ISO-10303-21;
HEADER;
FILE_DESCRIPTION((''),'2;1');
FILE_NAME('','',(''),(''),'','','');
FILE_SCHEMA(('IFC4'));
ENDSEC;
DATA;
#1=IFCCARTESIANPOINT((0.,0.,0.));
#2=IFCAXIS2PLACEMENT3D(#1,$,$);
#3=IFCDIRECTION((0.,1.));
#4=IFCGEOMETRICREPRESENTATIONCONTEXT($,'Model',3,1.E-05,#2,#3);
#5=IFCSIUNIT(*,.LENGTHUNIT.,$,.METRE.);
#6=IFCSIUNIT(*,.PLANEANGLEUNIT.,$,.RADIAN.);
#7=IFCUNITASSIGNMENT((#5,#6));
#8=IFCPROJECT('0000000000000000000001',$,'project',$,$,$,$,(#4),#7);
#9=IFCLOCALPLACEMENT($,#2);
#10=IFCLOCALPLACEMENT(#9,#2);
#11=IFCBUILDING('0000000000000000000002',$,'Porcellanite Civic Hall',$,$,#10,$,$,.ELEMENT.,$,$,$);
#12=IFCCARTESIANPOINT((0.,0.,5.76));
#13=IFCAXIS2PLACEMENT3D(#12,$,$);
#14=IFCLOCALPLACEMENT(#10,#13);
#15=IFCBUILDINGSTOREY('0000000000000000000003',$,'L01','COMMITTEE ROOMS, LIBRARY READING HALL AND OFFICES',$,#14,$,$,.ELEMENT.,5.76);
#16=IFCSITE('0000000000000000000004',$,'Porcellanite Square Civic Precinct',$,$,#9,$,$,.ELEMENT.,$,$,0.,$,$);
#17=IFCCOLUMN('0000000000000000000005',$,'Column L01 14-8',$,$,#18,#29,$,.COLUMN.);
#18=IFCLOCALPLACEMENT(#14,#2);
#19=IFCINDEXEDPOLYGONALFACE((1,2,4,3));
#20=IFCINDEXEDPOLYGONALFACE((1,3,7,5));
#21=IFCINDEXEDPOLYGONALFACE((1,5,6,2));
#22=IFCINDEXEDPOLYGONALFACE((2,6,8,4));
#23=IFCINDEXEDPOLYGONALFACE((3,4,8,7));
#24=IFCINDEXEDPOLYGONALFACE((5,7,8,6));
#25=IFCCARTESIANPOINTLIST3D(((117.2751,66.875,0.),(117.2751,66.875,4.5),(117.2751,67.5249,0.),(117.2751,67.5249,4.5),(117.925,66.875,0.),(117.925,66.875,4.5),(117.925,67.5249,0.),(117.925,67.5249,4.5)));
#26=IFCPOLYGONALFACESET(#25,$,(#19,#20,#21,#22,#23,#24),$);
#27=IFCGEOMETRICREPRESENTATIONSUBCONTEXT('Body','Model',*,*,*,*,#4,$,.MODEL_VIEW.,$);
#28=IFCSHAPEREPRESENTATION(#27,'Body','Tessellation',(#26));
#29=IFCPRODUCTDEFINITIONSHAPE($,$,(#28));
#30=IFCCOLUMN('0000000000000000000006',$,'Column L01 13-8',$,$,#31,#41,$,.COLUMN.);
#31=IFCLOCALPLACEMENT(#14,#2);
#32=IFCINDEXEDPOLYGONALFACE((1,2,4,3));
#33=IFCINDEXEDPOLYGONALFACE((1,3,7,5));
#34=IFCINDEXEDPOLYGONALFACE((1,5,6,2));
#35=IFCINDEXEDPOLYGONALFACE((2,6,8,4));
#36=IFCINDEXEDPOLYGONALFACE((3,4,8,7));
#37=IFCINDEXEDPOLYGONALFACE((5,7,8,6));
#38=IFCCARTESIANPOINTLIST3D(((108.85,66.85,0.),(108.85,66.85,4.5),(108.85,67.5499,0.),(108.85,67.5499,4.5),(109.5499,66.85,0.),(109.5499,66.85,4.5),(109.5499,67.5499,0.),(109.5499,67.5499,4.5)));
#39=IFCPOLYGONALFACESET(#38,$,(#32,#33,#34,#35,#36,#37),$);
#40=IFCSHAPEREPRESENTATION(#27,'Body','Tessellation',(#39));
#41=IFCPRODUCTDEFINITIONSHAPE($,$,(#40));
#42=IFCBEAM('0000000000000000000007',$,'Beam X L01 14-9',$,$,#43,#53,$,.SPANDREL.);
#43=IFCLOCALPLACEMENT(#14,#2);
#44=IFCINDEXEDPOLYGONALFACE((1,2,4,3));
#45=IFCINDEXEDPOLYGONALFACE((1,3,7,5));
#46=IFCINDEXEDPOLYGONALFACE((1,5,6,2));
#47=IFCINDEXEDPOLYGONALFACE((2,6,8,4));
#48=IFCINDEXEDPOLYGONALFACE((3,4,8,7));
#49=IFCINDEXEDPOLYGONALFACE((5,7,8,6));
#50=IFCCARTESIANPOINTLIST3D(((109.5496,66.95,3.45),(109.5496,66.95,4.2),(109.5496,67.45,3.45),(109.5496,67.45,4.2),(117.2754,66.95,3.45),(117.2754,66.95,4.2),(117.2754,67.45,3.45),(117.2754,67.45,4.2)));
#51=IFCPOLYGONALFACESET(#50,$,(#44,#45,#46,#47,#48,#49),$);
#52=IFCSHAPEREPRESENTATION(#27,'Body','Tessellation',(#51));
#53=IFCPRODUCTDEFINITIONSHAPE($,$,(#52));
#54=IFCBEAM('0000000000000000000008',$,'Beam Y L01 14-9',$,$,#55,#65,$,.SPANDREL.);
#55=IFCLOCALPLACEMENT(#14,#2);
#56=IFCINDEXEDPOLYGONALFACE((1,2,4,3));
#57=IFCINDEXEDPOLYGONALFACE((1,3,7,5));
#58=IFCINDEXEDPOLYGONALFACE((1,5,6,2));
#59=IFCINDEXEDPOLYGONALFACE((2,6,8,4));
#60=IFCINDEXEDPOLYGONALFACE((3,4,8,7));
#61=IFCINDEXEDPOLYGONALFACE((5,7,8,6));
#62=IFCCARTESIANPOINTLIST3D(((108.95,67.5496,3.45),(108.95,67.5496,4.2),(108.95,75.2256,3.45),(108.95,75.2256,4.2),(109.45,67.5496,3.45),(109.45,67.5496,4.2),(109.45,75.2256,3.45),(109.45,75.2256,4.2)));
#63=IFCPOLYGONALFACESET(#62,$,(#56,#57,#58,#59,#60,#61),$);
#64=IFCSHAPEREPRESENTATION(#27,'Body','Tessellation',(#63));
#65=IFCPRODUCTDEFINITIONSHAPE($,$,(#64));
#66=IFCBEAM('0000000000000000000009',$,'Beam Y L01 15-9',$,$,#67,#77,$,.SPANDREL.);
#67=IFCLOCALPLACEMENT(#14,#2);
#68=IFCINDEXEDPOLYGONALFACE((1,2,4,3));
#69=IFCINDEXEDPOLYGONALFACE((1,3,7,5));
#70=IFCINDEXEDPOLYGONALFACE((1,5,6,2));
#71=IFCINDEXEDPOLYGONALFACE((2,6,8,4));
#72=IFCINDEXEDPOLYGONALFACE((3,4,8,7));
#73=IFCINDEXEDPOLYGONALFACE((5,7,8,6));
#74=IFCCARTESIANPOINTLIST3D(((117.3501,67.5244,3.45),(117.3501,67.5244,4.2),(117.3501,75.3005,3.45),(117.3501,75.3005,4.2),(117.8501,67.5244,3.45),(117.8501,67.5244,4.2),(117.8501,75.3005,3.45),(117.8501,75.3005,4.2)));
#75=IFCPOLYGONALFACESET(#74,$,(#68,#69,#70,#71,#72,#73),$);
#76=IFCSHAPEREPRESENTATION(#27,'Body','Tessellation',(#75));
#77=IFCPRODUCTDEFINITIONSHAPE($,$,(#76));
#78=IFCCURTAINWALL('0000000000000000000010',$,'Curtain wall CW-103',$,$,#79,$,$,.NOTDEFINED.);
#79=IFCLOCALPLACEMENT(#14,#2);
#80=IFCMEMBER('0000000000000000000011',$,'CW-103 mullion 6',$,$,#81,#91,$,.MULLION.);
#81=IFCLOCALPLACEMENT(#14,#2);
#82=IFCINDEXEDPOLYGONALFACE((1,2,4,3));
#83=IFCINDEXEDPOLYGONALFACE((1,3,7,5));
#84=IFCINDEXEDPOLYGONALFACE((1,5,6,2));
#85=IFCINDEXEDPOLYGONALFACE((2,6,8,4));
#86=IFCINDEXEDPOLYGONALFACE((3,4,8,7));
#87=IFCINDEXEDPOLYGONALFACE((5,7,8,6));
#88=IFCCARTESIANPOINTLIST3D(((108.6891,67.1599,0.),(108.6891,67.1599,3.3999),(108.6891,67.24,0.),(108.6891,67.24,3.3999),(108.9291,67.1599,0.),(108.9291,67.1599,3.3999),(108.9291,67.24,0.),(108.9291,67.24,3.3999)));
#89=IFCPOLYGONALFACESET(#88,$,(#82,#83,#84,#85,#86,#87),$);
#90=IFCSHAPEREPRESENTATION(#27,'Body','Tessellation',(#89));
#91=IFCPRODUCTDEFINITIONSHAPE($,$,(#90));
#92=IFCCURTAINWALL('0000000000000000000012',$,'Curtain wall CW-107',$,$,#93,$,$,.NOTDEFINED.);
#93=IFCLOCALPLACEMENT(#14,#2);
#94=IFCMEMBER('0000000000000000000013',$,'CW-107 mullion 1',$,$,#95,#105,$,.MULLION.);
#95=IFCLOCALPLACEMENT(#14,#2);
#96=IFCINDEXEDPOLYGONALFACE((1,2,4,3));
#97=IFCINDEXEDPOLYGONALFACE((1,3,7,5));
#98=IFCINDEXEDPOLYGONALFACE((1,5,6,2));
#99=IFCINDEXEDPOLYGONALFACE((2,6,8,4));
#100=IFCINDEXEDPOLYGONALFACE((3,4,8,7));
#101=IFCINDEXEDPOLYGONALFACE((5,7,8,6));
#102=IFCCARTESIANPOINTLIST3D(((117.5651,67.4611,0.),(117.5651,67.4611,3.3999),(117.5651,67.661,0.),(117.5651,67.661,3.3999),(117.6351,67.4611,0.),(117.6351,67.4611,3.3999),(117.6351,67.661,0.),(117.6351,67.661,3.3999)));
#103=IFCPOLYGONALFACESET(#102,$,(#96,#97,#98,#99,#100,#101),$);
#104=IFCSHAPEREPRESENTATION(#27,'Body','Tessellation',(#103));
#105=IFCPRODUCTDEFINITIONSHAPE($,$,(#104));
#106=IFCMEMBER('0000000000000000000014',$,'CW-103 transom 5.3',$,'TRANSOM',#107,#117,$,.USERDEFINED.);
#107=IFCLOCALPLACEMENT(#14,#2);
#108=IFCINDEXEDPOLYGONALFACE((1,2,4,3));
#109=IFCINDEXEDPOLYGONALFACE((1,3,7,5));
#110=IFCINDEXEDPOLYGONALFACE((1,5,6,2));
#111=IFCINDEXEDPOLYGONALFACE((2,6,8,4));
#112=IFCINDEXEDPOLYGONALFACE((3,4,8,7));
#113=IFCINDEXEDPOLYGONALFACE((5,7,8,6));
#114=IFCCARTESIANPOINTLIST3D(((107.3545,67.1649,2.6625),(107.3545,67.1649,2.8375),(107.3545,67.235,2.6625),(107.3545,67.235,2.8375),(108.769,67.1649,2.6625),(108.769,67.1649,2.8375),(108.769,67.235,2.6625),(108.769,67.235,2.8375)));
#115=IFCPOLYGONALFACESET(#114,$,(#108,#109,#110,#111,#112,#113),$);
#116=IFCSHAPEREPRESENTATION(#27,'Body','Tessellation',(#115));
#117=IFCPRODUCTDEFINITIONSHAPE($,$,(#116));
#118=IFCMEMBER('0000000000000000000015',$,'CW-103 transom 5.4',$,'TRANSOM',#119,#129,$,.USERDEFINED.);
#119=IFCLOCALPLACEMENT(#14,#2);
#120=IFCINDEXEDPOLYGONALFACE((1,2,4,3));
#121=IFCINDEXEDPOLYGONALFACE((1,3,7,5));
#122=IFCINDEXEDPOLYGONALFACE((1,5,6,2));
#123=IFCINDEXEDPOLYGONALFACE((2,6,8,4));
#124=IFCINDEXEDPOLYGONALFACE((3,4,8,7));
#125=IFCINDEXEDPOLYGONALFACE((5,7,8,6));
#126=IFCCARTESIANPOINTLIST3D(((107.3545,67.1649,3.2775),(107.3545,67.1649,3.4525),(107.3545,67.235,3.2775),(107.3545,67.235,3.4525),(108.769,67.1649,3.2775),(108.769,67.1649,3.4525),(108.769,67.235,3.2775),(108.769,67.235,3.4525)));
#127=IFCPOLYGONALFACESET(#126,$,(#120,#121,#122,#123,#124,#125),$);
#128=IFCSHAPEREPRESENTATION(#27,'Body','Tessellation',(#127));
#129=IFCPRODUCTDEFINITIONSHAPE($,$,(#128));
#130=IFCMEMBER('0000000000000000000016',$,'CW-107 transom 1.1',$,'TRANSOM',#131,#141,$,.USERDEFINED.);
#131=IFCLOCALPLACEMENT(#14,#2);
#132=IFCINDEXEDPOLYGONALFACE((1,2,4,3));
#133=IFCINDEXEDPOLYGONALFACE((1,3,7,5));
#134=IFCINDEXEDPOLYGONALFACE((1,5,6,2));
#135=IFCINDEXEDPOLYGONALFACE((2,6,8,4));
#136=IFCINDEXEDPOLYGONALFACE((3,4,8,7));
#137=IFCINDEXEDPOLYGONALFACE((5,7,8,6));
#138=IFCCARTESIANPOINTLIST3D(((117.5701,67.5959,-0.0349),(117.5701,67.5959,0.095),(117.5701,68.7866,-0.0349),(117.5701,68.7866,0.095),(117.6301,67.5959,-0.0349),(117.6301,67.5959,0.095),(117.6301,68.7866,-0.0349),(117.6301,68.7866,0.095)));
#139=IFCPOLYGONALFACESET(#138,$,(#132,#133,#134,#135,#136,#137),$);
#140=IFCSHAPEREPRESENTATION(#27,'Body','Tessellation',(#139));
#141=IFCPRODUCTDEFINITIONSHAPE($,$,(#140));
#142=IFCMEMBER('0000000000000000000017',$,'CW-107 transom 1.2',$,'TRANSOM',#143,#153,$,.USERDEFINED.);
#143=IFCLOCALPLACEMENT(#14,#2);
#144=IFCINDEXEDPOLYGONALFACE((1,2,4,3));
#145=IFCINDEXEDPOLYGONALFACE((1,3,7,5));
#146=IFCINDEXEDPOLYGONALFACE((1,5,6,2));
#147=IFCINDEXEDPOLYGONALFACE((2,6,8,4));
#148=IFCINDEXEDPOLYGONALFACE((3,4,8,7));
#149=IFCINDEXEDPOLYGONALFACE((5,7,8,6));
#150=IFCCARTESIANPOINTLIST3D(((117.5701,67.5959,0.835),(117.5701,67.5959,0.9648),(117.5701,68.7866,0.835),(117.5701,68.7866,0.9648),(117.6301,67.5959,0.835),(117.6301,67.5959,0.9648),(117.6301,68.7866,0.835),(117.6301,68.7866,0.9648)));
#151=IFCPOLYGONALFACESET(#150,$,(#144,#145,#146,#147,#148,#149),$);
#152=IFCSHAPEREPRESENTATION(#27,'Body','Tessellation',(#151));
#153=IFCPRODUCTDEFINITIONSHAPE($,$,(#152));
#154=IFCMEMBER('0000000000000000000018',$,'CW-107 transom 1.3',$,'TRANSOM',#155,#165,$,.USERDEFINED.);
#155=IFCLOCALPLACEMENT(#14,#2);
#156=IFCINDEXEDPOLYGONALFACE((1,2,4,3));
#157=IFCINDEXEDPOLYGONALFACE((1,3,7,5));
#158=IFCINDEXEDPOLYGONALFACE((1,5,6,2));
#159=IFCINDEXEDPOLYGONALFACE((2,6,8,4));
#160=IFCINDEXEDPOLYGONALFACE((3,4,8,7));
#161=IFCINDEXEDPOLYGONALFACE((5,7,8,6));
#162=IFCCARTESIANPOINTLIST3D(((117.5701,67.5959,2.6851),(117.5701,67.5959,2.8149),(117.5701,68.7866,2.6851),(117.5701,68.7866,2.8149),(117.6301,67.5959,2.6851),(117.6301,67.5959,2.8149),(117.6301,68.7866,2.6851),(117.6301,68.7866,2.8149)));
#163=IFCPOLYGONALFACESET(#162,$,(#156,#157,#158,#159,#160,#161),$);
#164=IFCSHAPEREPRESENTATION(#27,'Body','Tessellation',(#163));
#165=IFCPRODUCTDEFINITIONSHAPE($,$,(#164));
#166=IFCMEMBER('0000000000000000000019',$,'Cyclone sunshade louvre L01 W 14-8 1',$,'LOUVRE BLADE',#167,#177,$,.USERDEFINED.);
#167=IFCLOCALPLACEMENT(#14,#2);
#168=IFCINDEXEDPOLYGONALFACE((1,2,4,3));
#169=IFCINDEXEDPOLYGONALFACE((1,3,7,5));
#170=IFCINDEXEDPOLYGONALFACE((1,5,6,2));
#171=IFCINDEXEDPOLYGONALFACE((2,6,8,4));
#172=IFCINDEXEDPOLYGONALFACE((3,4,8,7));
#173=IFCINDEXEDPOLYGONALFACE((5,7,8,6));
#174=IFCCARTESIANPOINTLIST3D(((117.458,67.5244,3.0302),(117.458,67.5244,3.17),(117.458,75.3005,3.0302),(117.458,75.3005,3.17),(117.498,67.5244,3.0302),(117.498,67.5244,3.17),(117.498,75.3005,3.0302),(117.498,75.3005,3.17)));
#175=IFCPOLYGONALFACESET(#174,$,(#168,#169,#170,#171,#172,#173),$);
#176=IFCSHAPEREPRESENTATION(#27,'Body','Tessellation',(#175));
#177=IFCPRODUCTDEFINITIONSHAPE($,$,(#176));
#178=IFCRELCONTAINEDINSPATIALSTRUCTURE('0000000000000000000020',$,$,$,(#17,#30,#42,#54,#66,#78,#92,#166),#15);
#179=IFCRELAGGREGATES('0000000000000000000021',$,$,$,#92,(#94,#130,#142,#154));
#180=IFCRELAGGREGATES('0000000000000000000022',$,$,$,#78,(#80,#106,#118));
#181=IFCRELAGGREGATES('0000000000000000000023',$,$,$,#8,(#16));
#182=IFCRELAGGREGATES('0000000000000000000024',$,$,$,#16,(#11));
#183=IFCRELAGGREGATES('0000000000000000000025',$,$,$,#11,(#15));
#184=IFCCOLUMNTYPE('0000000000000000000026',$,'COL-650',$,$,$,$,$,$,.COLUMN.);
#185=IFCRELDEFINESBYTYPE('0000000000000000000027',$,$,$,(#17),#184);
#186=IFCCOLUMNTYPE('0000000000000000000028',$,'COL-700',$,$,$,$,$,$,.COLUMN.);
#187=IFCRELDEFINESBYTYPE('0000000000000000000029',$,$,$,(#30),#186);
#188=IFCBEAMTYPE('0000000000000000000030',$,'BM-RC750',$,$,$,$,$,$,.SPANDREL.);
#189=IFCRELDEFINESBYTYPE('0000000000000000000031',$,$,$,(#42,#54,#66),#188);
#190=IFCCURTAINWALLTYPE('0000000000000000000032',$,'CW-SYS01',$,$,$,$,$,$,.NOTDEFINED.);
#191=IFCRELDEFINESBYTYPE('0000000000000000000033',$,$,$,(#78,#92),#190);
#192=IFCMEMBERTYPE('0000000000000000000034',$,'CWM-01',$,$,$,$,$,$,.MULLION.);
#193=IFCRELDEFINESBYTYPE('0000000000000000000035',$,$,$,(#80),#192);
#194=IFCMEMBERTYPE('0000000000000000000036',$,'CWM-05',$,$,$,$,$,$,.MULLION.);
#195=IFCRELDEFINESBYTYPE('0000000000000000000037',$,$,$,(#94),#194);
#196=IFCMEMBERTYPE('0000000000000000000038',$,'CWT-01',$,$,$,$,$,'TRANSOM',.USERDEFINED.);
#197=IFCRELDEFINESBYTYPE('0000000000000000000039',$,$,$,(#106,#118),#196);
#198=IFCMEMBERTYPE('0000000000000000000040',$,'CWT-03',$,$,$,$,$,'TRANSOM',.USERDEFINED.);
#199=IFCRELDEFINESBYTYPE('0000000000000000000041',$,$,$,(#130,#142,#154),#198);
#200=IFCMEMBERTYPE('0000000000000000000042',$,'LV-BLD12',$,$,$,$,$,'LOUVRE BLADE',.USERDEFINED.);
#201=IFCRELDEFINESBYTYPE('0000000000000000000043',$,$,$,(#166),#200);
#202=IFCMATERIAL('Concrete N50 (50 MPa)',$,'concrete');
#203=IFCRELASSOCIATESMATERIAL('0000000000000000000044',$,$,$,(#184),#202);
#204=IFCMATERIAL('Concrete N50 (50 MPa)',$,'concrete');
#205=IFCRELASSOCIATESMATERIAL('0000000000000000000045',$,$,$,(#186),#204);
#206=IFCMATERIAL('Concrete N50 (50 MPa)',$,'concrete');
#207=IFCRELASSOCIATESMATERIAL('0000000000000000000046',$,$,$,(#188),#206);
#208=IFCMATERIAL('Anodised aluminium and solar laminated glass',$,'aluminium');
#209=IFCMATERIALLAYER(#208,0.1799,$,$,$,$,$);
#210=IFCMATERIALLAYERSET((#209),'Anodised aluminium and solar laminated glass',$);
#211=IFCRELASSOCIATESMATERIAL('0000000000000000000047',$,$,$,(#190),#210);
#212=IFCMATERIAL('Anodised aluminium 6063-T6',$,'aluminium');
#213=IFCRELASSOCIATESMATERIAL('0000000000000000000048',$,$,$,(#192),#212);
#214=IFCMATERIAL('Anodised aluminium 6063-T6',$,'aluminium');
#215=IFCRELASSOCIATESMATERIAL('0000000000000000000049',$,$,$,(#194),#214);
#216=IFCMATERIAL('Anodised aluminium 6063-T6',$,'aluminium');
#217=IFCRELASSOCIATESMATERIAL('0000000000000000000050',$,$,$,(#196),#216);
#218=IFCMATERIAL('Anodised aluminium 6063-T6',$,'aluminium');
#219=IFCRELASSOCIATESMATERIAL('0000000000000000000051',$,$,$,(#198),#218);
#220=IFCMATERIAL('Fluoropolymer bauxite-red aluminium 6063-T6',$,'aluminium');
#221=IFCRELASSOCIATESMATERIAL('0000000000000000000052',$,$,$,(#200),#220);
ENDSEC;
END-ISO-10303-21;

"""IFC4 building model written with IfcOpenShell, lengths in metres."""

from ifc_helpers import new_model, si_unit, direction, frame, origin, origin_2d, place, context, subcontext, project, spatial, rectangle, extrude, material, layer, layer_set, material_profile, profile_set, type_object, element, aggregate, save


model = new_model("IFC4")

# Units and contexts
model_context = context("Model", 3, precision=1e-05, world=origin(), true_north=direction((0.0, 1.0)))
body_context = subcontext(model_context, "Body", "Model", "MODEL_VIEW")
ifc_project = project(units=[si_unit("LENGTHUNIT", "METRE"), si_unit("PLANEANGLEUNIT", "RADIAN")], contexts=[model_context])

# Site, building, storey
site_placement = place(None, origin())
site = spatial("IfcSite", under=ifc_project, at=site_placement, Name="Porcellanite Square Civic Precinct", CompositionType="ELEMENT", RefElevation=0.0)
building_placement = place(site_placement, origin())
building = spatial("IfcBuilding", under=site, at=building_placement, Name="Porcellanite Civic Hall", CompositionType="ELEMENT")
storey_placement = place(building_placement, frame((0.0, 0.0, 5.76)))
storey = spatial("IfcBuildingStorey", under=building, at=storey_placement, Name="L01", Description="COMMITTEE ROOMS, LIBRARY READING HALL AND OFFICES", CompositionType="ELEMENT", Elevation=5.76)

# Columns
ifc_material_1 = material(Name="Concrete N50 (50 MPa)", Category="concrete")
ifc_material_profile_1 = material_profile(ifc_material_1, rectangle(XDim=0.6499, YDim=0.6499, at=origin_2d()), Name="RC-650x650")
ifc_profile_set_1 = profile_set([ifc_material_profile_1], Name="Concrete N50 (50 MPa)")
column_type_1 = type_object("IfcColumnType", Name="COL-650", PredefinedType="COLUMN", material=ifc_profile_set_1)
column_1_placement = place(storey_placement, frame((117.6001, 67.2, 0.0), z_axis=(0.0, 0.0, 1.0), x_axis=(1.0, 0.0, 0.0)))
element("IfcColumn", 1, at=column_1_placement, inside=storey, type_object=column_type_1, Name="Column L01 14-8", PredefinedType="COLUMN", context=body_context, shape_type="SweptSolid", body=[
    extrude(rectangle(XDim=0.6499, YDim=0.6499, at=origin_2d()), origin(), (0.0, 0.0, 1.0), 4.5),
])
ifc_material_2 = material(Name="Concrete N50 (50 MPa)", Category="concrete")
ifc_material_profile_2 = material_profile(ifc_material_2, rectangle(XDim=0.7, YDim=0.7, at=origin_2d()), Name="RC-700x700")
ifc_profile_set_2 = profile_set([ifc_material_profile_2], Name="Concrete N50 (50 MPa)")
column_type_2 = type_object("IfcColumnType", Name="COL-700", PredefinedType="COLUMN", material=ifc_profile_set_2)
column_2_placement = place(storey_placement, frame((109.2, 67.2, 0.0), z_axis=(0.0, 0.0, 1.0), x_axis=(1.0, 0.0, 0.0)))
element("IfcColumn", 2, at=column_2_placement, inside=storey, type_object=column_type_2, Name="Column L01 13-8", PredefinedType="COLUMN", context=body_context, shape_type="SweptSolid", body=[
    extrude(rectangle(XDim=0.7, YDim=0.7, at=origin_2d()), origin(), (0.0, 0.0, 1.0), 4.5),
])

# Beams
ifc_material_3 = material(Name="Concrete N50 (50 MPa)", Category="concrete")
ifc_material_profile_3 = material_profile(ifc_material_3, rectangle(XDim=0.5, YDim=0.75, at=origin_2d()), Name="RC-500x750")
ifc_profile_set_3 = profile_set([ifc_material_profile_3], Name="Concrete N50 (50 MPa)")
beam_type = type_object("IfcBeamType", Name="BM-RC750", PredefinedType="SPANDREL", material=ifc_profile_set_3)
beam_1_placement = place(storey_placement, frame((109.5496, 67.2, 3.825), z_axis=(1.0, 0.0, 0.0), x_axis=(0.0, 1.0, 0.0)))
element("IfcBeam", 3, at=beam_1_placement, inside=storey, type_object=beam_type, Name="Beam X L01 14-9", PredefinedType="SPANDREL", context=body_context, shape_type="SweptSolid", body=[
    extrude(rectangle(XDim=0.5, YDim=0.75, at=origin_2d()), origin(), (0.0, 0.0, 1.0), 7.7258),
])
beam_2_placement = place(storey_placement, frame((109.2, 67.5496, 3.825), z_axis=(0.0, 1.0, 0.0), x_axis=(-1.0, 0.0, 0.0)))
element("IfcBeam", 4, at=beam_2_placement, inside=storey, type_object=beam_type, Name="Beam Y L01 14-9", PredefinedType="SPANDREL", context=body_context, shape_type="SweptSolid", body=[
    extrude(rectangle(XDim=0.5, YDim=0.75, at=origin_2d()), origin(), (0.0, 0.0, 1.0), 7.676),
])
beam_3_placement = place(storey_placement, frame((117.6001, 67.5244, 3.825), z_axis=(0.0, 1.0, 0.0), x_axis=(-1.0, 0.0, 0.0)))
element("IfcBeam", 5, at=beam_3_placement, inside=storey, type_object=beam_type, Name="Beam Y L01 15-9", PredefinedType="SPANDREL", context=body_context, shape_type="SweptSolid", body=[
    extrude(rectangle(XDim=0.5, YDim=0.75, at=origin_2d()), origin(), (0.0, 0.0, 1.0), 7.7761),
])

# Curtain walls, members
ifc_material_4 = material(Name="Anodised aluminium and solar laminated glass", Category="aluminium")
ifc_layer_1 = layer(ifc_material_4, 0.1799)
ifc_layer_set_1 = layer_set([ifc_layer_1], Name="Anodised aluminium and solar laminated glass")
curtain_wall_type = type_object("IfcCurtainWallType", Name="CW-SYS01", PredefinedType="NOTDEFINED", material=ifc_layer_set_1)
curtain_wall_1_placement = place(storey_placement, origin())
curtain_wall_1 = element("IfcCurtainWall", 6, at=curtain_wall_1_placement, inside=storey, type_object=curtain_wall_type, Name="Curtain wall CW-103", PredefinedType="NOTDEFINED")
ifc_material_5 = material(Name="Anodised aluminium 6063-T6", Category="aluminium")
ifc_material_profile_4 = material_profile(ifc_material_5, rectangle(XDim=0.0801, YDim=0.24, at=origin_2d()), Name="AL-80x240")
ifc_profile_set_4 = profile_set([ifc_material_profile_4], Name="Anodised aluminium 6063-T6")
member_type_1 = type_object("IfcMemberType", Name="CWM-01", PredefinedType="MULLION", material=ifc_profile_set_4)
member_1_placement = place(storey_placement, frame((108.8091, 67.2, 0.0), z_axis=(0.0, 0.0, 1.0), x_axis=(0.0, 1.0, 0.0)))
member_1 = element("IfcMember", 7, at=member_1_placement, type_object=member_type_1, Name="CW-103 mullion 6", PredefinedType="MULLION", context=body_context, shape_type="SweptSolid", body=[
    extrude(rectangle(XDim=0.0801, YDim=0.24, at=origin_2d()), origin(), (0.0, 0.0, 1.0), 3.3999),
])
curtain_wall_2_placement = place(storey_placement, origin())
curtain_wall_2 = element("IfcCurtainWall", 8, at=curtain_wall_2_placement, inside=storey, type_object=curtain_wall_type, Name="Curtain wall CW-107", PredefinedType="NOTDEFINED")
ifc_material_6 = material(Name="Anodised aluminium 6063-T6", Category="aluminium")
ifc_material_profile_5 = material_profile(ifc_material_6, rectangle(XDim=0.0701, YDim=0.2, at=origin_2d()), Name="AL-70x200")
ifc_profile_set_5 = profile_set([ifc_material_profile_5], Name="Anodised aluminium 6063-T6")
member_type_2 = type_object("IfcMemberType", Name="CWM-05", PredefinedType="MULLION", material=ifc_profile_set_5)
member_2_placement = place(storey_placement, frame((117.6001, 67.561, 0.0), z_axis=(0.0, 0.0, 1.0), x_axis=(-1.0, 0.0, 0.0)))
member_2 = element("IfcMember", 9, at=member_2_placement, type_object=member_type_2, Name="CW-107 mullion 1", PredefinedType="MULLION", context=body_context, shape_type="SweptSolid", body=[
    extrude(rectangle(XDim=0.0701, YDim=0.2, at=origin_2d()), origin(), (0.0, 0.0, 1.0), 3.3999),
])

# Members
ifc_material_7 = material(Name="Anodised aluminium 6063-T6", Category="aluminium")
ifc_material_profile_6 = material_profile(ifc_material_7, rectangle(XDim=0.0701, YDim=0.175, at=origin_2d()), Name="AL-70x175")
ifc_profile_set_6 = profile_set([ifc_material_profile_6], Name="Anodised aluminium 6063-T6")
member_type_3 = type_object("IfcMemberType", Name="CWT-01", ElementType="TRANSOM", PredefinedType="USERDEFINED", material=ifc_profile_set_6)
member_3_placement = place(storey_placement, frame((107.3545, 67.2, 2.75), z_axis=(1.0, 0.0, 0.0), x_axis=(0.0, 1.0, 0.0)))
member_3 = element("IfcMember", 10, at=member_3_placement, type_object=member_type_3, Name="CW-103 transom 5.3", ObjectType="TRANSOM", PredefinedType="USERDEFINED", context=body_context, shape_type="SweptSolid", body=[
    extrude(rectangle(XDim=0.0701, YDim=0.175, at=origin_2d()), origin(), (0.0, 0.0, 1.0), 1.4146),
])
member_4_placement = place(storey_placement, frame((107.3545, 67.2, 3.365), z_axis=(1.0, 0.0, 0.0), x_axis=(0.0, 1.0, 0.0)))
member_4 = element("IfcMember", 11, at=member_4_placement, type_object=member_type_3, Name="CW-103 transom 5.4", ObjectType="TRANSOM", PredefinedType="USERDEFINED", context=body_context, shape_type="SweptSolid", body=[
    extrude(rectangle(XDim=0.0701, YDim=0.175, at=origin_2d()), origin(), (0.0, 0.0, 1.0), 1.4146),
])
ifc_material_8 = material(Name="Anodised aluminium 6063-T6", Category="aluminium")
ifc_material_profile_7 = material_profile(ifc_material_8, rectangle(XDim=0.0601, YDim=0.1299, at=origin_2d()), Name="AL-60x130")
ifc_profile_set_7 = profile_set([ifc_material_profile_7], Name="Anodised aluminium 6063-T6")
member_type_4 = type_object("IfcMemberType", Name="CWT-03", ElementType="TRANSOM", PredefinedType="USERDEFINED", material=ifc_profile_set_7)
member_5_placement = place(storey_placement, frame((117.6001, 67.5959, 0.03), z_axis=(0.0, 1.0, 0.0), x_axis=(-1.0, 0.0, 0.0)))
member_5 = element("IfcMember", 12, at=member_5_placement, type_object=member_type_4, Name="CW-107 transom 1.1", ObjectType="TRANSOM", PredefinedType="USERDEFINED", context=body_context, shape_type="SweptSolid", body=[
    extrude(rectangle(XDim=0.0601, YDim=0.1299, at=origin_2d()), origin(), (0.0, 0.0, 1.0), 1.1907),
])
member_6_placement = place(storey_placement, frame((117.6001, 67.5959, 0.8999), z_axis=(0.0, 1.0, 0.0), x_axis=(-1.0, 0.0, 0.0)))
member_6 = element("IfcMember", 13, at=member_6_placement, type_object=member_type_4, Name="CW-107 transom 1.2", ObjectType="TRANSOM", PredefinedType="USERDEFINED", context=body_context, shape_type="SweptSolid", body=[
    extrude(rectangle(XDim=0.0601, YDim=0.1299, at=origin_2d()), origin(), (0.0, 0.0, 1.0), 1.1907),
])
member_7_placement = place(storey_placement, frame((117.6001, 67.5959, 2.75), z_axis=(0.0, 1.0, 0.0), x_axis=(-1.0, 0.0, 0.0)))
member_7 = element("IfcMember", 14, at=member_7_placement, type_object=member_type_4, Name="CW-107 transom 1.3", ObjectType="TRANSOM", PredefinedType="USERDEFINED", context=body_context, shape_type="SweptSolid", body=[
    extrude(rectangle(XDim=0.0601, YDim=0.1299, at=origin_2d()), origin(), (0.0, 0.0, 1.0), 1.1907),
])
aggregate(curtain_wall_2, [member_2, member_5, member_6, member_7])

# Member
ifc_material_9 = material(Name="Fluoropolymer bauxite-red aluminium 6063-T6", Category="aluminium")
ifc_material_profile_8 = material_profile(ifc_material_9, rectangle(XDim=0.04, YDim=0.1399, at=origin_2d()), Name="AL-40x140")
ifc_profile_set_8 = profile_set([ifc_material_profile_8], Name="Fluoropolymer bauxite-red aluminium 6063-T6")
member_type_5 = type_object("IfcMemberType", Name="LV-BLD12", ElementType="LOUVRE BLADE", PredefinedType="USERDEFINED", material=ifc_profile_set_8)
for number, where, z_axis, x_axis, name in (
    (15, (117.478, 67.5244, 3.1001), (0.0, 1.0, 0.0), (-1.0, 0.0, 0.0), "Cyclone sunshade louvre L01 W 14-8 1"),
):
    element("IfcMember", number, at=place(storey_placement, frame(where, z_axis=z_axis, x_axis=x_axis)), inside=storey, type_object=member_type_5, Name=name, ObjectType="LOUVRE BLADE", PredefinedType="USERDEFINED", context=body_context, shape_type="SweptSolid", body=[
        extrude(rectangle(XDim=0.04, YDim=0.1399, at=origin_2d()), origin(), (0.0, 0.0, 1.0), 7.7761),
    ])

aggregate(curtain_wall_1, [member_1, member_3, member_4])

save(model, "model.ifc")
